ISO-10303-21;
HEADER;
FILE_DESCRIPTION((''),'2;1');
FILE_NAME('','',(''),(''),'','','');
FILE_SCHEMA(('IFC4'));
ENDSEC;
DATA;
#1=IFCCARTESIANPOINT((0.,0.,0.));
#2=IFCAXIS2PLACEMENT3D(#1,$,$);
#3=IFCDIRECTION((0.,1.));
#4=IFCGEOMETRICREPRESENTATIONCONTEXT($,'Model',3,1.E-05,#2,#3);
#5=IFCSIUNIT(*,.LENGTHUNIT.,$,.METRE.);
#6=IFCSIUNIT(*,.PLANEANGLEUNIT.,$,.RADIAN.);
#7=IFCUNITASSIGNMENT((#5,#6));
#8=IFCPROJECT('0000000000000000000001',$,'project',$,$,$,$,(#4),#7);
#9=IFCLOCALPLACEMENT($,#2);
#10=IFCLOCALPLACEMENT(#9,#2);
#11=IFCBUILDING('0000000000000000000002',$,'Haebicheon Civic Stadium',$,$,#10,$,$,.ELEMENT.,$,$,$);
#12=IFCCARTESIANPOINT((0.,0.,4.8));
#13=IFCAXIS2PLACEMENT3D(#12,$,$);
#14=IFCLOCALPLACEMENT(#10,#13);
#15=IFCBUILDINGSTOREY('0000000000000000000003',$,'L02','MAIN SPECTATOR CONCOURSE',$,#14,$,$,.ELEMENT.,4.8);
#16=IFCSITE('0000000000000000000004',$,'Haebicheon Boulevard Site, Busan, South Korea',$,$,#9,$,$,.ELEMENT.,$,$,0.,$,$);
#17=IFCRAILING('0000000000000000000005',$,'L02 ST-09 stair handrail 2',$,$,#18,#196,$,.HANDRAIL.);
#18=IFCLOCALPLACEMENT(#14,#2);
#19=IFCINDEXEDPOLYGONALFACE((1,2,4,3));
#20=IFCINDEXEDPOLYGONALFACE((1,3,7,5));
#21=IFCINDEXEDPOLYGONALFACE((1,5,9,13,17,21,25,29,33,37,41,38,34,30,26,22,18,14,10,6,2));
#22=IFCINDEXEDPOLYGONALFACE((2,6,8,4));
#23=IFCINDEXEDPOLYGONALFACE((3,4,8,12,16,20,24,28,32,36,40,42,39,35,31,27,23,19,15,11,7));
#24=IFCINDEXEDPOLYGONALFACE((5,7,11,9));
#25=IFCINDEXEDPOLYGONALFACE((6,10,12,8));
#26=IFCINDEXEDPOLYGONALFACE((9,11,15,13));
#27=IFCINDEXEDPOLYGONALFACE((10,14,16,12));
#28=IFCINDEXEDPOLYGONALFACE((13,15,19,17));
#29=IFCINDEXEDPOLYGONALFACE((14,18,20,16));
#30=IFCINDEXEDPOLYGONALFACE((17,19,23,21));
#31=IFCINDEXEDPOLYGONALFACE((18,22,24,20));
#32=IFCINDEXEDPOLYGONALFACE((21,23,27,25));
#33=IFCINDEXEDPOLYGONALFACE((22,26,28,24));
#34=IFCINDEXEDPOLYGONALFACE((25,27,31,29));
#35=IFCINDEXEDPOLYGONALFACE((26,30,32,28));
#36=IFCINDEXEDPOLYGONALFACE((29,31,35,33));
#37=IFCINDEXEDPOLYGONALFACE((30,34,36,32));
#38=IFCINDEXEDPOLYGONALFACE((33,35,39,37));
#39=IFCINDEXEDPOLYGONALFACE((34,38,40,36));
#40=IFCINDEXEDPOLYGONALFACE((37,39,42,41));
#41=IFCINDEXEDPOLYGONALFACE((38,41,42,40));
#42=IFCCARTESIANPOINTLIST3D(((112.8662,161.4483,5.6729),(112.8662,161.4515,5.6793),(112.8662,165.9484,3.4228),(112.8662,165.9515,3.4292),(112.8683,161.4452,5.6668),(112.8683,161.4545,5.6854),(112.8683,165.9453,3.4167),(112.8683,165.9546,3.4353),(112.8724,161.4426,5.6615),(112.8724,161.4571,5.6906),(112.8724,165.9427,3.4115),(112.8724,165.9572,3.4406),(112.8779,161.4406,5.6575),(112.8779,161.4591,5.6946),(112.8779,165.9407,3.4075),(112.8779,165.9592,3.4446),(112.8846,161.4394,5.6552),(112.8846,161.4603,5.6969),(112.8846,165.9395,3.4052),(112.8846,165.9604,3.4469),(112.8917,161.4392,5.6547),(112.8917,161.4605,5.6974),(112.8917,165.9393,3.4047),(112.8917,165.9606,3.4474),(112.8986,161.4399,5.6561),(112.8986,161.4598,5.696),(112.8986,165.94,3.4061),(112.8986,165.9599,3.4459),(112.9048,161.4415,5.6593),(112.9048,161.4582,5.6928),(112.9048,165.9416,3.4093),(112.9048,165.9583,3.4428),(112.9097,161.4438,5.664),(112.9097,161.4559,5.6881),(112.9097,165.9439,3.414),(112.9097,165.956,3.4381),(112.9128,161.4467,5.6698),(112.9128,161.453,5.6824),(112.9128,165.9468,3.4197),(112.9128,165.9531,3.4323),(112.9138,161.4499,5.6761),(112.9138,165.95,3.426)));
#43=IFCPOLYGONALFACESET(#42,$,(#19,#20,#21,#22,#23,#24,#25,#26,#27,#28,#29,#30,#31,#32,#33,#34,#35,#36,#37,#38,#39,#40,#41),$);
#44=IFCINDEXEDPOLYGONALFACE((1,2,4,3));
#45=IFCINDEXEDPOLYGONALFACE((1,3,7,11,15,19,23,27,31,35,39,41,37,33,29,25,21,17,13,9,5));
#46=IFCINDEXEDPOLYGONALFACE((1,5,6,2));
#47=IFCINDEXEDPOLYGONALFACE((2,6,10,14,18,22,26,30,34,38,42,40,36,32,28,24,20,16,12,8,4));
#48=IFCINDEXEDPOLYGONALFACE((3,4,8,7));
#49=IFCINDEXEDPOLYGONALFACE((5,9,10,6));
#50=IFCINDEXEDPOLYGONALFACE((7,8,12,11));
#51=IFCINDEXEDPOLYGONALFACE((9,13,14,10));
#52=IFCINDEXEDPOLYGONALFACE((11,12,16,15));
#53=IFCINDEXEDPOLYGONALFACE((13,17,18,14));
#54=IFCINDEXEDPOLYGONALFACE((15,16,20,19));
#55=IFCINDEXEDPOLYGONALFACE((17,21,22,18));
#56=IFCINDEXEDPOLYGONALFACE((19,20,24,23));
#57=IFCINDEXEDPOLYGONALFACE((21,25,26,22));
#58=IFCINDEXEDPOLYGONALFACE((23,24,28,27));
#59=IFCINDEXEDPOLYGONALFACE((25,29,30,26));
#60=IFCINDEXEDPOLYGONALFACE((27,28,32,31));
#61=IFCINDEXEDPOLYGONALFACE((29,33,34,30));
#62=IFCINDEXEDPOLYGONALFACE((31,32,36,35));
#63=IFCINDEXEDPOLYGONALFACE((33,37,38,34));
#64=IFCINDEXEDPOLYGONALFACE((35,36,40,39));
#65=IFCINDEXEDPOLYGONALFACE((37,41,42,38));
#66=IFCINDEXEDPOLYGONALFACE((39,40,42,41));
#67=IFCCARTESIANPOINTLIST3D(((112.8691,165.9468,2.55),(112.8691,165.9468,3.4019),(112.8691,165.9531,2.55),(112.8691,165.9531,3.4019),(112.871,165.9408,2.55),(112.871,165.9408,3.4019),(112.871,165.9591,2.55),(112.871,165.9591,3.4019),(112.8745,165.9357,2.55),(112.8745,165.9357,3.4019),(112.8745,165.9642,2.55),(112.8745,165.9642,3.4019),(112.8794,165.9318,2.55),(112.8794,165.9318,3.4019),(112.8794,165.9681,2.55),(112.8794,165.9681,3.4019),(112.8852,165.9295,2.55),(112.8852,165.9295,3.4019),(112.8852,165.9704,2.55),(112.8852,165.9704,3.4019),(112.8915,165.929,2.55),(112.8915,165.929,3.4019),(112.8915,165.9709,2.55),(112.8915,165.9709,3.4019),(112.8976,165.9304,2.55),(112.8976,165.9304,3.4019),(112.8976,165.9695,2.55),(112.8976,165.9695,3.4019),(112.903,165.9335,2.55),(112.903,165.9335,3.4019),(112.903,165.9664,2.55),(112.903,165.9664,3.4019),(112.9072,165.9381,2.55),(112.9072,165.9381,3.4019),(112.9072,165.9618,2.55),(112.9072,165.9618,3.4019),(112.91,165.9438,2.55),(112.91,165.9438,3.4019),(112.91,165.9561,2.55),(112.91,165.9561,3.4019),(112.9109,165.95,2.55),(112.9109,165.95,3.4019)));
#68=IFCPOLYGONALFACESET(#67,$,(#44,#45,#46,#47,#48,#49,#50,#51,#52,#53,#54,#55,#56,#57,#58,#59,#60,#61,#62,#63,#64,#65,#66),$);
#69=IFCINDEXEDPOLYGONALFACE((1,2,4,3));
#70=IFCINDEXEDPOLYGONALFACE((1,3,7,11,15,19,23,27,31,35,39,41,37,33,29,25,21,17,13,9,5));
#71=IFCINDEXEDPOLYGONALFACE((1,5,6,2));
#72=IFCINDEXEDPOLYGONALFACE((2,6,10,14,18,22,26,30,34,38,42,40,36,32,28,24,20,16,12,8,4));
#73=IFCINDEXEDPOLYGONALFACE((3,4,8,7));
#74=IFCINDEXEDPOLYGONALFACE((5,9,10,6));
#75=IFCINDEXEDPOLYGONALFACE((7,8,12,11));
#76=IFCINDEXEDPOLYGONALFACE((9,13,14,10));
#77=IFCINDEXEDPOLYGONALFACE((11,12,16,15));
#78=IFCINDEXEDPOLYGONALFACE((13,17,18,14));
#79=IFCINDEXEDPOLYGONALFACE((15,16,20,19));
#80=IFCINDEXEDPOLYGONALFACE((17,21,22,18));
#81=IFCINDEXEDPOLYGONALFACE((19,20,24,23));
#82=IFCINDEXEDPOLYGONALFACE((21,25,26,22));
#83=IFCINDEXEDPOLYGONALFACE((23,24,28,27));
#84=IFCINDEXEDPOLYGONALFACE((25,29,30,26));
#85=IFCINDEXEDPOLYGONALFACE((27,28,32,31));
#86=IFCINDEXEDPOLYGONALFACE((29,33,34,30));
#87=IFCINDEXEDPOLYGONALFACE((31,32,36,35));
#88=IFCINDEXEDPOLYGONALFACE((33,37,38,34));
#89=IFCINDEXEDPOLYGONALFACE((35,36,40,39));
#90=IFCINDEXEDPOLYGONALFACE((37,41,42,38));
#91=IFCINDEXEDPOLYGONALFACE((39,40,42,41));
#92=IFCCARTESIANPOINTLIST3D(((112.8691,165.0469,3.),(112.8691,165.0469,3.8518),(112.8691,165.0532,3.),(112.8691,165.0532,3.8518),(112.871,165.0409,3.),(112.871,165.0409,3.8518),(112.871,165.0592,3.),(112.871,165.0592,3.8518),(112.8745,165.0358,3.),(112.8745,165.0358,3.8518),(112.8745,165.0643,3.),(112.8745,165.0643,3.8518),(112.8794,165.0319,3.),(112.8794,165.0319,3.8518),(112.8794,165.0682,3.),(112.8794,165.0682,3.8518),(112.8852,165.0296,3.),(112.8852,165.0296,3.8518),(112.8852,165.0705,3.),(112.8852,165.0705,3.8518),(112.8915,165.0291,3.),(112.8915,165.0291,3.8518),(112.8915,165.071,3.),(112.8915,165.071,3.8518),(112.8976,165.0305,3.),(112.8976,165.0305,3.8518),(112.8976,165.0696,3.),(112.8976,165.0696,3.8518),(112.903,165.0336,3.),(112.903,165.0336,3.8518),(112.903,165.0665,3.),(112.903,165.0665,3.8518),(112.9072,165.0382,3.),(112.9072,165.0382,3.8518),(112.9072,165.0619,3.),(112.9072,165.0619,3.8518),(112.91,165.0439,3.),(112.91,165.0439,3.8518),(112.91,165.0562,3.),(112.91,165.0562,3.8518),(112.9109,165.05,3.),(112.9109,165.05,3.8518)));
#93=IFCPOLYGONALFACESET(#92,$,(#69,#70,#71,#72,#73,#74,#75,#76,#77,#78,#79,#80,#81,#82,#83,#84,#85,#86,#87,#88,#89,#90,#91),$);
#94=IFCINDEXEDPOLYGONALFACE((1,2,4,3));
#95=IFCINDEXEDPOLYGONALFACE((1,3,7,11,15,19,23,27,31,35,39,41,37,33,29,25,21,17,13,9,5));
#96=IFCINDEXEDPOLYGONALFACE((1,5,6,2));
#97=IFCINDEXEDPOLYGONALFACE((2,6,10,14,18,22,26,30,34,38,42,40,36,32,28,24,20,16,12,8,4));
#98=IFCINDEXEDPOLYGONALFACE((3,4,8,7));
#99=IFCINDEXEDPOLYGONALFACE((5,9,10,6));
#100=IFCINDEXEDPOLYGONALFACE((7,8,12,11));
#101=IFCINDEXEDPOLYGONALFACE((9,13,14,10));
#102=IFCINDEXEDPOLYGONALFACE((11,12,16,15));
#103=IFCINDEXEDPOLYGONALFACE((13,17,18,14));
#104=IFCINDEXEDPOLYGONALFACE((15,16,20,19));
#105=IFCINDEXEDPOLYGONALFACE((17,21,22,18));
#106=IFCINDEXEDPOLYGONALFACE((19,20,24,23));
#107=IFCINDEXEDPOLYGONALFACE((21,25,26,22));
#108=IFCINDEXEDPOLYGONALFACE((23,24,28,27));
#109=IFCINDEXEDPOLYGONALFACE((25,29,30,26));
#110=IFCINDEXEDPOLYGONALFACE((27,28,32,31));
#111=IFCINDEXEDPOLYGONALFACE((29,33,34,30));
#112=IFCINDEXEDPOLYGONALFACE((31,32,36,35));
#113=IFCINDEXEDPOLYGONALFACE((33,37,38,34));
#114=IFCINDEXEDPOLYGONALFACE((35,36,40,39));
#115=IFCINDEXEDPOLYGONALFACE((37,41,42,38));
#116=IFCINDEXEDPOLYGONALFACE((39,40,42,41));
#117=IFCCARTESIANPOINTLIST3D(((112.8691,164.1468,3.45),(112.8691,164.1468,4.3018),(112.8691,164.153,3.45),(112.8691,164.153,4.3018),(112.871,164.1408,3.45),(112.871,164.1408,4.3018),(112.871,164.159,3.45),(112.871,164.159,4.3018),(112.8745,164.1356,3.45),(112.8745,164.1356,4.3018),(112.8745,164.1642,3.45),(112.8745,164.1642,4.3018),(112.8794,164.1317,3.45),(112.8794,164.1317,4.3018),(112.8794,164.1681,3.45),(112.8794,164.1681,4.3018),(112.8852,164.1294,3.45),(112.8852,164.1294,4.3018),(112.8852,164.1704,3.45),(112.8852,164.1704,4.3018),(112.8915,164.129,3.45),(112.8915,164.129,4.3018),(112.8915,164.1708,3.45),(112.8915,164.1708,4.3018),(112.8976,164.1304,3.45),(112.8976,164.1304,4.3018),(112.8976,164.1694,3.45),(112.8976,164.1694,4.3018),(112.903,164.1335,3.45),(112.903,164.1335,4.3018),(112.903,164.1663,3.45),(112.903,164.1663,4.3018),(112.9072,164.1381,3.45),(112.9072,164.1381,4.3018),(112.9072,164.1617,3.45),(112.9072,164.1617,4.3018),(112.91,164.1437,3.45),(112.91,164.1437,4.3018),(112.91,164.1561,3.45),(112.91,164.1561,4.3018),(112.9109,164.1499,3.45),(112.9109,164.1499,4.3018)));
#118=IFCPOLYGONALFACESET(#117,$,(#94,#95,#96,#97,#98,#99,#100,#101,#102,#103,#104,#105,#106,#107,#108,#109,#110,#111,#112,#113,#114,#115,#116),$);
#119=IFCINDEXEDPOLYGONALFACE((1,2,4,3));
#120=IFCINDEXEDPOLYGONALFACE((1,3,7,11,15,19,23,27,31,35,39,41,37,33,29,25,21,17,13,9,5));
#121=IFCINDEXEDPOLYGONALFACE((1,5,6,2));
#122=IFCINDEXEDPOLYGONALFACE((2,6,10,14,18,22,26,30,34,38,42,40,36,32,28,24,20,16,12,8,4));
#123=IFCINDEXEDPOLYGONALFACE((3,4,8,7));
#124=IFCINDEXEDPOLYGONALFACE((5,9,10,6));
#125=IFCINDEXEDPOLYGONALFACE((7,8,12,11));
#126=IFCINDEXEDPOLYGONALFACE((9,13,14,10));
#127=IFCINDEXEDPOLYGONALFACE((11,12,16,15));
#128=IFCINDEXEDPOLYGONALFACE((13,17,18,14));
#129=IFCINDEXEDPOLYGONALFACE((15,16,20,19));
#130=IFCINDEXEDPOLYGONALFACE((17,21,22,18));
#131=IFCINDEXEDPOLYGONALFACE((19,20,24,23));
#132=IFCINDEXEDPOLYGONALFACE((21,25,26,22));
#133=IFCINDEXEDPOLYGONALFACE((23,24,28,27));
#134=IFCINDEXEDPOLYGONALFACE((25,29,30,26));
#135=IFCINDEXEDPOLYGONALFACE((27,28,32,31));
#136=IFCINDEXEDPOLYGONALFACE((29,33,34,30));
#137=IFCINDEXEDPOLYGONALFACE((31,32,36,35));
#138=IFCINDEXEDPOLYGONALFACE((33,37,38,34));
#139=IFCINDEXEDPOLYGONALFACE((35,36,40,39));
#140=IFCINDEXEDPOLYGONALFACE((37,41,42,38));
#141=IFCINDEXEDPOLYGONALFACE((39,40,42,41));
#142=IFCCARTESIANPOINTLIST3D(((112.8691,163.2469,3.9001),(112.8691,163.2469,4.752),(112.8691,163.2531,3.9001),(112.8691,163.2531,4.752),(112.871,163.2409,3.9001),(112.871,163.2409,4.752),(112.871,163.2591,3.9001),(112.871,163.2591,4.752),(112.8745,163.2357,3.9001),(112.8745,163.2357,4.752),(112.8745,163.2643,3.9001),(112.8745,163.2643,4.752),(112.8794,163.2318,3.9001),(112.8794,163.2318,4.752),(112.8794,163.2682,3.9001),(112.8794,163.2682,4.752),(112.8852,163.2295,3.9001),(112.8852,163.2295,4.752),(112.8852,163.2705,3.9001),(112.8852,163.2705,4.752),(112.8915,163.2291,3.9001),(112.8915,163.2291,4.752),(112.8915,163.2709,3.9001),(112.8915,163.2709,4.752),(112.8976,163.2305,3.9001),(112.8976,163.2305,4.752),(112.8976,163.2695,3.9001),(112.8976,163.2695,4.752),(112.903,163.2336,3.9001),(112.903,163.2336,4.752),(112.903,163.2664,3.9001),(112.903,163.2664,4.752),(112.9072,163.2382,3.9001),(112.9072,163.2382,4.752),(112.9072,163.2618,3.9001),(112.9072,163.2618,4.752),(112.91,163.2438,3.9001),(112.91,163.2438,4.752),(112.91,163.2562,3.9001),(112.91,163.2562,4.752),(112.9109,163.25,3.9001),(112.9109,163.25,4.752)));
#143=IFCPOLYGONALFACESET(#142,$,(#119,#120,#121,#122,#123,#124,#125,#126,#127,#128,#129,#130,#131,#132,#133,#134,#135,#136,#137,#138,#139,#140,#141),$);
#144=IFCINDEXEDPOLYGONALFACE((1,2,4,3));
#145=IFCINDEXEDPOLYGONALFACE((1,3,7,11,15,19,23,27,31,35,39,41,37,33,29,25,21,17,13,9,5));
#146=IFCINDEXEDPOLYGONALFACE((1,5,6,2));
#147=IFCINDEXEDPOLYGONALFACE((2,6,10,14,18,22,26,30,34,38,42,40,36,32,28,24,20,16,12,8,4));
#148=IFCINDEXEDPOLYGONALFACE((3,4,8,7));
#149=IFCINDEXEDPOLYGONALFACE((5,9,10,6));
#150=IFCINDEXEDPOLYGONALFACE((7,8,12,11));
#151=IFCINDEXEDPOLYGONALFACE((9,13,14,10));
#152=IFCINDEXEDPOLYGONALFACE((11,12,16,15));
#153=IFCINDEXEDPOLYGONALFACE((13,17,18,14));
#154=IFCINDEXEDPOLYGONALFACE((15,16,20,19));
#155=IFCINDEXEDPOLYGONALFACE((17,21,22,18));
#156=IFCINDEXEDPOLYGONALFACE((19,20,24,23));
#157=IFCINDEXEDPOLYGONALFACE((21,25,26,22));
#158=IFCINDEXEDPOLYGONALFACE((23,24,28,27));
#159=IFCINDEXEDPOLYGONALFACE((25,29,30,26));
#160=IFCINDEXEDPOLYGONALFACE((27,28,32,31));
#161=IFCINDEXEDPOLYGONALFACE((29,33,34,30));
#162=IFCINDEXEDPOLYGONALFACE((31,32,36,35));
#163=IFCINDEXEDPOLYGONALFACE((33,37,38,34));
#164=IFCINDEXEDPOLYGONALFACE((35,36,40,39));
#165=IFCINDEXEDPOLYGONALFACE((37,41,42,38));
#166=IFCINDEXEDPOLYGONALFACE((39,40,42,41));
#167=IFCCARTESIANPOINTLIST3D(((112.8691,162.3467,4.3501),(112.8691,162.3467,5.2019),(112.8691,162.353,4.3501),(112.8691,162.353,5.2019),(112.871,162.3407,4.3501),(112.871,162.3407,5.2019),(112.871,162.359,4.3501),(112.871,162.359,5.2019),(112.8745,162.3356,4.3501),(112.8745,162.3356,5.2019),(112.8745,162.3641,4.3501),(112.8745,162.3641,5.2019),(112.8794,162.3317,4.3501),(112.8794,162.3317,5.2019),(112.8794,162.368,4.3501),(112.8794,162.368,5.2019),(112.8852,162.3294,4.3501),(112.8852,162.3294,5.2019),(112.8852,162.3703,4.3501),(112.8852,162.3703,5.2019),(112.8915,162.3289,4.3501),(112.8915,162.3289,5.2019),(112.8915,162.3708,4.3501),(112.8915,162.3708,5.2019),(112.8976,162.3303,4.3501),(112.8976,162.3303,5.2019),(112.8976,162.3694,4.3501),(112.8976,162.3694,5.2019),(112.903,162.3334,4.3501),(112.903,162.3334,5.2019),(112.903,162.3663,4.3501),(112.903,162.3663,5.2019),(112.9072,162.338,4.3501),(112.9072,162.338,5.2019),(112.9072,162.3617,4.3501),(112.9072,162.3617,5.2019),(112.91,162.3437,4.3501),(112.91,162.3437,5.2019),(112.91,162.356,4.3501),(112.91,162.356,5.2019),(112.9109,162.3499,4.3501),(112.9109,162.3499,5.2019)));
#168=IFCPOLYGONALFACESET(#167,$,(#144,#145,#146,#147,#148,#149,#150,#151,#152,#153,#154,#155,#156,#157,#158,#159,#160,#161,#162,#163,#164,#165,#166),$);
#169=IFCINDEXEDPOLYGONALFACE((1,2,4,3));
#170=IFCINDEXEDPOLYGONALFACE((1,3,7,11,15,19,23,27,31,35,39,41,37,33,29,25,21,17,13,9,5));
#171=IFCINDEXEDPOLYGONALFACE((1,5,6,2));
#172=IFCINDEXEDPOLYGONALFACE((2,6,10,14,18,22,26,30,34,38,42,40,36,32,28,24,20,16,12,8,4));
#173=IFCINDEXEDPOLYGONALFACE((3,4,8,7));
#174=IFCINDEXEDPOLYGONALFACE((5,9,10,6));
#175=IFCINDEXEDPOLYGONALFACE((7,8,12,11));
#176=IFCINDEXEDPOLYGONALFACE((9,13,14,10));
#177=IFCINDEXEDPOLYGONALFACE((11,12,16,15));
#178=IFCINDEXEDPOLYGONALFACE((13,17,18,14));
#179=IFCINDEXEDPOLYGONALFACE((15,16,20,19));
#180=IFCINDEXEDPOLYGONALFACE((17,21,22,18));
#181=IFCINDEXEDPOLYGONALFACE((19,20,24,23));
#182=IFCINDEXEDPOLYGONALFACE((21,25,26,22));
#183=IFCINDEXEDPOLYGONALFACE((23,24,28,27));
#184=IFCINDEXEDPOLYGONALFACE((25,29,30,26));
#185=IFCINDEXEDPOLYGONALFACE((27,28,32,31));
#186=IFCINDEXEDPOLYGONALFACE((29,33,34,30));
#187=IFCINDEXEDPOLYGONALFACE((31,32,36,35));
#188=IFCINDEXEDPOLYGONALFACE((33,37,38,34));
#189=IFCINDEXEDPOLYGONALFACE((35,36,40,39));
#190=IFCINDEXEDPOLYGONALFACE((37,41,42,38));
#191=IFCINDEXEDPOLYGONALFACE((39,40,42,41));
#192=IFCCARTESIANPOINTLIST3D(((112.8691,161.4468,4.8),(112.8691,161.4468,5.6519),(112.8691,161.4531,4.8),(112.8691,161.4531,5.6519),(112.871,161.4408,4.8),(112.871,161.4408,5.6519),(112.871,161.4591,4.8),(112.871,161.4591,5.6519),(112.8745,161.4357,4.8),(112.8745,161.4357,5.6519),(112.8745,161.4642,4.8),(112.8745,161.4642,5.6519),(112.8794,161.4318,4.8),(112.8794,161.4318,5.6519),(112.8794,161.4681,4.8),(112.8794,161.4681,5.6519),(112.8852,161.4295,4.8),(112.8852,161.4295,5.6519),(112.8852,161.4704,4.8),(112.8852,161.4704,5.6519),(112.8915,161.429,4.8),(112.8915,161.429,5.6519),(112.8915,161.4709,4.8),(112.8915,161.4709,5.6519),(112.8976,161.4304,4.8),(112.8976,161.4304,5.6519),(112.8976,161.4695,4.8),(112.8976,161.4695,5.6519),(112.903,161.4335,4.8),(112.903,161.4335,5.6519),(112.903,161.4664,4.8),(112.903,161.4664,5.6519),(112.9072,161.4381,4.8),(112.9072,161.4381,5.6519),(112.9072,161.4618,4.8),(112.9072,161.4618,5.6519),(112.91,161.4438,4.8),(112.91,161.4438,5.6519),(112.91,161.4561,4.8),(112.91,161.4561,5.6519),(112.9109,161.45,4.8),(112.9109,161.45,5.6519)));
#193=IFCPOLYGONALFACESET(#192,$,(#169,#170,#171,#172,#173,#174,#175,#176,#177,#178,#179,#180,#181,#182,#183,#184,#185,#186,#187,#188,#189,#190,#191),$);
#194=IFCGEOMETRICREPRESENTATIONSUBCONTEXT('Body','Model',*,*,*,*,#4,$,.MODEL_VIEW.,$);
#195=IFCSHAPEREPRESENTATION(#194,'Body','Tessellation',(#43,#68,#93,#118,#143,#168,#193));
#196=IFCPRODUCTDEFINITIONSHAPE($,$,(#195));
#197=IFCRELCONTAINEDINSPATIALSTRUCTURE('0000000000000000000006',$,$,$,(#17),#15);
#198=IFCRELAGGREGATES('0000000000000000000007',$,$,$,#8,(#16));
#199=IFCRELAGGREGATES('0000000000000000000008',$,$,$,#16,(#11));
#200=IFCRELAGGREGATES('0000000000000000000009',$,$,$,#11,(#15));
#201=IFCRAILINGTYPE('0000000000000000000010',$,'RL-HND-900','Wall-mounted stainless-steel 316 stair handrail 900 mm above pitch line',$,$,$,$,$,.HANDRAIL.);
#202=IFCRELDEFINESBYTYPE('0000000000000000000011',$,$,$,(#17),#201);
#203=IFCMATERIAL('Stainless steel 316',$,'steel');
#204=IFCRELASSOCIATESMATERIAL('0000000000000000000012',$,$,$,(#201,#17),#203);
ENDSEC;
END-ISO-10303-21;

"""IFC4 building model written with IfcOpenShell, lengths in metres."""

from ifc_helpers import new_model, si_unit, direction, frame, origin, origin_2d, place, context, subcontext, project, spatial, circle, extrude, material, type_object, element, save


model = new_model("IFC4")

# Units and contexts
model_context = context("Model", 3, precision=1e-05, world=origin(), true_north=direction((0.0, 1.0)))
body_context = subcontext(model_context, "Body", "Model", "MODEL_VIEW")
ifc_project = project(units=[si_unit("LENGTHUNIT", "METRE"), si_unit("PLANEANGLEUNIT", "RADIAN")], contexts=[model_context])

# Site, building, storey
site_placement = place(None, origin())
site = spatial("IfcSite", under=ifc_project, at=site_placement, Name="Haebicheon Boulevard Site, Busan, South Korea", CompositionType="ELEMENT", RefElevation=0.0)
building_placement = place(site_placement, origin())
building = spatial("IfcBuilding", under=site, at=building_placement, Name="Haebicheon Civic Stadium", CompositionType="ELEMENT")
storey_placement = place(building_placement, frame((0.0, 0.0, 4.8)))
storey = spatial("IfcBuildingStorey", under=building, at=storey_placement, Name="L02", Description="MAIN SPECTATOR CONCOURSE", CompositionType="ELEMENT", Elevation=4.8)

# Railing
ifc_material_1 = material(Name="Stainless steel 316", Category="steel")
railing_type_1 = type_object("IfcRailingType", Name="RL-HND-900", Description="Wall-mounted stainless-steel 316 stair handrail 900 mm above pitch line", PredefinedType="HANDRAIL", material=ifc_material_1)
railing_1_placement = place(storey_placement, frame((112.8899, 165.95, 2.55)))
element("IfcRailing", 1, at=railing_1_placement, inside=storey, type_object=railing_type_1, material=ifc_material_1, Name="L02 ST-09 stair handrail 2", PredefinedType="HANDRAIL", context=body_context, shape_type="SweptSolid", body=[
    extrude(circle(Radius=0.0239, at=origin_2d()), frame((0.0, 0.0, 0.876), z_axis=(0.0, -0.894427, 0.447214), x_axis=(1.0, 0.0, 0.0)), (0.0, 0.0, 1.0), 5.0312),
    extrude(circle(Radius=0.021, at=origin_2d()), origin(), (0.0, 0.0, 1.0), 0.8518),
    extrude(circle(Radius=0.021, at=origin_2d()), frame((0.0, -0.8999, 0.45)), (0.0, 0.0, 1.0), 0.8518),
    extrude(circle(Radius=0.021, at=origin_2d()), frame((0.0, -1.8, 0.8999)), (0.0, 0.0, 1.0), 0.8518),
    extrude(circle(Radius=0.021, at=origin_2d()), frame((0.0, -2.7, 1.3501)), (0.0, 0.0, 1.0), 0.8518),
    extrude(circle(Radius=0.021, at=origin_2d()), frame((0.0, -3.6001, 1.8)), (0.0, 0.0, 1.0), 0.8518),
    extrude(circle(Radius=0.021, at=origin_2d()), frame((0.0, -4.5, 2.25)), (0.0, 0.0, 1.0), 0.8518),
])

save(model, "model.ifc")
